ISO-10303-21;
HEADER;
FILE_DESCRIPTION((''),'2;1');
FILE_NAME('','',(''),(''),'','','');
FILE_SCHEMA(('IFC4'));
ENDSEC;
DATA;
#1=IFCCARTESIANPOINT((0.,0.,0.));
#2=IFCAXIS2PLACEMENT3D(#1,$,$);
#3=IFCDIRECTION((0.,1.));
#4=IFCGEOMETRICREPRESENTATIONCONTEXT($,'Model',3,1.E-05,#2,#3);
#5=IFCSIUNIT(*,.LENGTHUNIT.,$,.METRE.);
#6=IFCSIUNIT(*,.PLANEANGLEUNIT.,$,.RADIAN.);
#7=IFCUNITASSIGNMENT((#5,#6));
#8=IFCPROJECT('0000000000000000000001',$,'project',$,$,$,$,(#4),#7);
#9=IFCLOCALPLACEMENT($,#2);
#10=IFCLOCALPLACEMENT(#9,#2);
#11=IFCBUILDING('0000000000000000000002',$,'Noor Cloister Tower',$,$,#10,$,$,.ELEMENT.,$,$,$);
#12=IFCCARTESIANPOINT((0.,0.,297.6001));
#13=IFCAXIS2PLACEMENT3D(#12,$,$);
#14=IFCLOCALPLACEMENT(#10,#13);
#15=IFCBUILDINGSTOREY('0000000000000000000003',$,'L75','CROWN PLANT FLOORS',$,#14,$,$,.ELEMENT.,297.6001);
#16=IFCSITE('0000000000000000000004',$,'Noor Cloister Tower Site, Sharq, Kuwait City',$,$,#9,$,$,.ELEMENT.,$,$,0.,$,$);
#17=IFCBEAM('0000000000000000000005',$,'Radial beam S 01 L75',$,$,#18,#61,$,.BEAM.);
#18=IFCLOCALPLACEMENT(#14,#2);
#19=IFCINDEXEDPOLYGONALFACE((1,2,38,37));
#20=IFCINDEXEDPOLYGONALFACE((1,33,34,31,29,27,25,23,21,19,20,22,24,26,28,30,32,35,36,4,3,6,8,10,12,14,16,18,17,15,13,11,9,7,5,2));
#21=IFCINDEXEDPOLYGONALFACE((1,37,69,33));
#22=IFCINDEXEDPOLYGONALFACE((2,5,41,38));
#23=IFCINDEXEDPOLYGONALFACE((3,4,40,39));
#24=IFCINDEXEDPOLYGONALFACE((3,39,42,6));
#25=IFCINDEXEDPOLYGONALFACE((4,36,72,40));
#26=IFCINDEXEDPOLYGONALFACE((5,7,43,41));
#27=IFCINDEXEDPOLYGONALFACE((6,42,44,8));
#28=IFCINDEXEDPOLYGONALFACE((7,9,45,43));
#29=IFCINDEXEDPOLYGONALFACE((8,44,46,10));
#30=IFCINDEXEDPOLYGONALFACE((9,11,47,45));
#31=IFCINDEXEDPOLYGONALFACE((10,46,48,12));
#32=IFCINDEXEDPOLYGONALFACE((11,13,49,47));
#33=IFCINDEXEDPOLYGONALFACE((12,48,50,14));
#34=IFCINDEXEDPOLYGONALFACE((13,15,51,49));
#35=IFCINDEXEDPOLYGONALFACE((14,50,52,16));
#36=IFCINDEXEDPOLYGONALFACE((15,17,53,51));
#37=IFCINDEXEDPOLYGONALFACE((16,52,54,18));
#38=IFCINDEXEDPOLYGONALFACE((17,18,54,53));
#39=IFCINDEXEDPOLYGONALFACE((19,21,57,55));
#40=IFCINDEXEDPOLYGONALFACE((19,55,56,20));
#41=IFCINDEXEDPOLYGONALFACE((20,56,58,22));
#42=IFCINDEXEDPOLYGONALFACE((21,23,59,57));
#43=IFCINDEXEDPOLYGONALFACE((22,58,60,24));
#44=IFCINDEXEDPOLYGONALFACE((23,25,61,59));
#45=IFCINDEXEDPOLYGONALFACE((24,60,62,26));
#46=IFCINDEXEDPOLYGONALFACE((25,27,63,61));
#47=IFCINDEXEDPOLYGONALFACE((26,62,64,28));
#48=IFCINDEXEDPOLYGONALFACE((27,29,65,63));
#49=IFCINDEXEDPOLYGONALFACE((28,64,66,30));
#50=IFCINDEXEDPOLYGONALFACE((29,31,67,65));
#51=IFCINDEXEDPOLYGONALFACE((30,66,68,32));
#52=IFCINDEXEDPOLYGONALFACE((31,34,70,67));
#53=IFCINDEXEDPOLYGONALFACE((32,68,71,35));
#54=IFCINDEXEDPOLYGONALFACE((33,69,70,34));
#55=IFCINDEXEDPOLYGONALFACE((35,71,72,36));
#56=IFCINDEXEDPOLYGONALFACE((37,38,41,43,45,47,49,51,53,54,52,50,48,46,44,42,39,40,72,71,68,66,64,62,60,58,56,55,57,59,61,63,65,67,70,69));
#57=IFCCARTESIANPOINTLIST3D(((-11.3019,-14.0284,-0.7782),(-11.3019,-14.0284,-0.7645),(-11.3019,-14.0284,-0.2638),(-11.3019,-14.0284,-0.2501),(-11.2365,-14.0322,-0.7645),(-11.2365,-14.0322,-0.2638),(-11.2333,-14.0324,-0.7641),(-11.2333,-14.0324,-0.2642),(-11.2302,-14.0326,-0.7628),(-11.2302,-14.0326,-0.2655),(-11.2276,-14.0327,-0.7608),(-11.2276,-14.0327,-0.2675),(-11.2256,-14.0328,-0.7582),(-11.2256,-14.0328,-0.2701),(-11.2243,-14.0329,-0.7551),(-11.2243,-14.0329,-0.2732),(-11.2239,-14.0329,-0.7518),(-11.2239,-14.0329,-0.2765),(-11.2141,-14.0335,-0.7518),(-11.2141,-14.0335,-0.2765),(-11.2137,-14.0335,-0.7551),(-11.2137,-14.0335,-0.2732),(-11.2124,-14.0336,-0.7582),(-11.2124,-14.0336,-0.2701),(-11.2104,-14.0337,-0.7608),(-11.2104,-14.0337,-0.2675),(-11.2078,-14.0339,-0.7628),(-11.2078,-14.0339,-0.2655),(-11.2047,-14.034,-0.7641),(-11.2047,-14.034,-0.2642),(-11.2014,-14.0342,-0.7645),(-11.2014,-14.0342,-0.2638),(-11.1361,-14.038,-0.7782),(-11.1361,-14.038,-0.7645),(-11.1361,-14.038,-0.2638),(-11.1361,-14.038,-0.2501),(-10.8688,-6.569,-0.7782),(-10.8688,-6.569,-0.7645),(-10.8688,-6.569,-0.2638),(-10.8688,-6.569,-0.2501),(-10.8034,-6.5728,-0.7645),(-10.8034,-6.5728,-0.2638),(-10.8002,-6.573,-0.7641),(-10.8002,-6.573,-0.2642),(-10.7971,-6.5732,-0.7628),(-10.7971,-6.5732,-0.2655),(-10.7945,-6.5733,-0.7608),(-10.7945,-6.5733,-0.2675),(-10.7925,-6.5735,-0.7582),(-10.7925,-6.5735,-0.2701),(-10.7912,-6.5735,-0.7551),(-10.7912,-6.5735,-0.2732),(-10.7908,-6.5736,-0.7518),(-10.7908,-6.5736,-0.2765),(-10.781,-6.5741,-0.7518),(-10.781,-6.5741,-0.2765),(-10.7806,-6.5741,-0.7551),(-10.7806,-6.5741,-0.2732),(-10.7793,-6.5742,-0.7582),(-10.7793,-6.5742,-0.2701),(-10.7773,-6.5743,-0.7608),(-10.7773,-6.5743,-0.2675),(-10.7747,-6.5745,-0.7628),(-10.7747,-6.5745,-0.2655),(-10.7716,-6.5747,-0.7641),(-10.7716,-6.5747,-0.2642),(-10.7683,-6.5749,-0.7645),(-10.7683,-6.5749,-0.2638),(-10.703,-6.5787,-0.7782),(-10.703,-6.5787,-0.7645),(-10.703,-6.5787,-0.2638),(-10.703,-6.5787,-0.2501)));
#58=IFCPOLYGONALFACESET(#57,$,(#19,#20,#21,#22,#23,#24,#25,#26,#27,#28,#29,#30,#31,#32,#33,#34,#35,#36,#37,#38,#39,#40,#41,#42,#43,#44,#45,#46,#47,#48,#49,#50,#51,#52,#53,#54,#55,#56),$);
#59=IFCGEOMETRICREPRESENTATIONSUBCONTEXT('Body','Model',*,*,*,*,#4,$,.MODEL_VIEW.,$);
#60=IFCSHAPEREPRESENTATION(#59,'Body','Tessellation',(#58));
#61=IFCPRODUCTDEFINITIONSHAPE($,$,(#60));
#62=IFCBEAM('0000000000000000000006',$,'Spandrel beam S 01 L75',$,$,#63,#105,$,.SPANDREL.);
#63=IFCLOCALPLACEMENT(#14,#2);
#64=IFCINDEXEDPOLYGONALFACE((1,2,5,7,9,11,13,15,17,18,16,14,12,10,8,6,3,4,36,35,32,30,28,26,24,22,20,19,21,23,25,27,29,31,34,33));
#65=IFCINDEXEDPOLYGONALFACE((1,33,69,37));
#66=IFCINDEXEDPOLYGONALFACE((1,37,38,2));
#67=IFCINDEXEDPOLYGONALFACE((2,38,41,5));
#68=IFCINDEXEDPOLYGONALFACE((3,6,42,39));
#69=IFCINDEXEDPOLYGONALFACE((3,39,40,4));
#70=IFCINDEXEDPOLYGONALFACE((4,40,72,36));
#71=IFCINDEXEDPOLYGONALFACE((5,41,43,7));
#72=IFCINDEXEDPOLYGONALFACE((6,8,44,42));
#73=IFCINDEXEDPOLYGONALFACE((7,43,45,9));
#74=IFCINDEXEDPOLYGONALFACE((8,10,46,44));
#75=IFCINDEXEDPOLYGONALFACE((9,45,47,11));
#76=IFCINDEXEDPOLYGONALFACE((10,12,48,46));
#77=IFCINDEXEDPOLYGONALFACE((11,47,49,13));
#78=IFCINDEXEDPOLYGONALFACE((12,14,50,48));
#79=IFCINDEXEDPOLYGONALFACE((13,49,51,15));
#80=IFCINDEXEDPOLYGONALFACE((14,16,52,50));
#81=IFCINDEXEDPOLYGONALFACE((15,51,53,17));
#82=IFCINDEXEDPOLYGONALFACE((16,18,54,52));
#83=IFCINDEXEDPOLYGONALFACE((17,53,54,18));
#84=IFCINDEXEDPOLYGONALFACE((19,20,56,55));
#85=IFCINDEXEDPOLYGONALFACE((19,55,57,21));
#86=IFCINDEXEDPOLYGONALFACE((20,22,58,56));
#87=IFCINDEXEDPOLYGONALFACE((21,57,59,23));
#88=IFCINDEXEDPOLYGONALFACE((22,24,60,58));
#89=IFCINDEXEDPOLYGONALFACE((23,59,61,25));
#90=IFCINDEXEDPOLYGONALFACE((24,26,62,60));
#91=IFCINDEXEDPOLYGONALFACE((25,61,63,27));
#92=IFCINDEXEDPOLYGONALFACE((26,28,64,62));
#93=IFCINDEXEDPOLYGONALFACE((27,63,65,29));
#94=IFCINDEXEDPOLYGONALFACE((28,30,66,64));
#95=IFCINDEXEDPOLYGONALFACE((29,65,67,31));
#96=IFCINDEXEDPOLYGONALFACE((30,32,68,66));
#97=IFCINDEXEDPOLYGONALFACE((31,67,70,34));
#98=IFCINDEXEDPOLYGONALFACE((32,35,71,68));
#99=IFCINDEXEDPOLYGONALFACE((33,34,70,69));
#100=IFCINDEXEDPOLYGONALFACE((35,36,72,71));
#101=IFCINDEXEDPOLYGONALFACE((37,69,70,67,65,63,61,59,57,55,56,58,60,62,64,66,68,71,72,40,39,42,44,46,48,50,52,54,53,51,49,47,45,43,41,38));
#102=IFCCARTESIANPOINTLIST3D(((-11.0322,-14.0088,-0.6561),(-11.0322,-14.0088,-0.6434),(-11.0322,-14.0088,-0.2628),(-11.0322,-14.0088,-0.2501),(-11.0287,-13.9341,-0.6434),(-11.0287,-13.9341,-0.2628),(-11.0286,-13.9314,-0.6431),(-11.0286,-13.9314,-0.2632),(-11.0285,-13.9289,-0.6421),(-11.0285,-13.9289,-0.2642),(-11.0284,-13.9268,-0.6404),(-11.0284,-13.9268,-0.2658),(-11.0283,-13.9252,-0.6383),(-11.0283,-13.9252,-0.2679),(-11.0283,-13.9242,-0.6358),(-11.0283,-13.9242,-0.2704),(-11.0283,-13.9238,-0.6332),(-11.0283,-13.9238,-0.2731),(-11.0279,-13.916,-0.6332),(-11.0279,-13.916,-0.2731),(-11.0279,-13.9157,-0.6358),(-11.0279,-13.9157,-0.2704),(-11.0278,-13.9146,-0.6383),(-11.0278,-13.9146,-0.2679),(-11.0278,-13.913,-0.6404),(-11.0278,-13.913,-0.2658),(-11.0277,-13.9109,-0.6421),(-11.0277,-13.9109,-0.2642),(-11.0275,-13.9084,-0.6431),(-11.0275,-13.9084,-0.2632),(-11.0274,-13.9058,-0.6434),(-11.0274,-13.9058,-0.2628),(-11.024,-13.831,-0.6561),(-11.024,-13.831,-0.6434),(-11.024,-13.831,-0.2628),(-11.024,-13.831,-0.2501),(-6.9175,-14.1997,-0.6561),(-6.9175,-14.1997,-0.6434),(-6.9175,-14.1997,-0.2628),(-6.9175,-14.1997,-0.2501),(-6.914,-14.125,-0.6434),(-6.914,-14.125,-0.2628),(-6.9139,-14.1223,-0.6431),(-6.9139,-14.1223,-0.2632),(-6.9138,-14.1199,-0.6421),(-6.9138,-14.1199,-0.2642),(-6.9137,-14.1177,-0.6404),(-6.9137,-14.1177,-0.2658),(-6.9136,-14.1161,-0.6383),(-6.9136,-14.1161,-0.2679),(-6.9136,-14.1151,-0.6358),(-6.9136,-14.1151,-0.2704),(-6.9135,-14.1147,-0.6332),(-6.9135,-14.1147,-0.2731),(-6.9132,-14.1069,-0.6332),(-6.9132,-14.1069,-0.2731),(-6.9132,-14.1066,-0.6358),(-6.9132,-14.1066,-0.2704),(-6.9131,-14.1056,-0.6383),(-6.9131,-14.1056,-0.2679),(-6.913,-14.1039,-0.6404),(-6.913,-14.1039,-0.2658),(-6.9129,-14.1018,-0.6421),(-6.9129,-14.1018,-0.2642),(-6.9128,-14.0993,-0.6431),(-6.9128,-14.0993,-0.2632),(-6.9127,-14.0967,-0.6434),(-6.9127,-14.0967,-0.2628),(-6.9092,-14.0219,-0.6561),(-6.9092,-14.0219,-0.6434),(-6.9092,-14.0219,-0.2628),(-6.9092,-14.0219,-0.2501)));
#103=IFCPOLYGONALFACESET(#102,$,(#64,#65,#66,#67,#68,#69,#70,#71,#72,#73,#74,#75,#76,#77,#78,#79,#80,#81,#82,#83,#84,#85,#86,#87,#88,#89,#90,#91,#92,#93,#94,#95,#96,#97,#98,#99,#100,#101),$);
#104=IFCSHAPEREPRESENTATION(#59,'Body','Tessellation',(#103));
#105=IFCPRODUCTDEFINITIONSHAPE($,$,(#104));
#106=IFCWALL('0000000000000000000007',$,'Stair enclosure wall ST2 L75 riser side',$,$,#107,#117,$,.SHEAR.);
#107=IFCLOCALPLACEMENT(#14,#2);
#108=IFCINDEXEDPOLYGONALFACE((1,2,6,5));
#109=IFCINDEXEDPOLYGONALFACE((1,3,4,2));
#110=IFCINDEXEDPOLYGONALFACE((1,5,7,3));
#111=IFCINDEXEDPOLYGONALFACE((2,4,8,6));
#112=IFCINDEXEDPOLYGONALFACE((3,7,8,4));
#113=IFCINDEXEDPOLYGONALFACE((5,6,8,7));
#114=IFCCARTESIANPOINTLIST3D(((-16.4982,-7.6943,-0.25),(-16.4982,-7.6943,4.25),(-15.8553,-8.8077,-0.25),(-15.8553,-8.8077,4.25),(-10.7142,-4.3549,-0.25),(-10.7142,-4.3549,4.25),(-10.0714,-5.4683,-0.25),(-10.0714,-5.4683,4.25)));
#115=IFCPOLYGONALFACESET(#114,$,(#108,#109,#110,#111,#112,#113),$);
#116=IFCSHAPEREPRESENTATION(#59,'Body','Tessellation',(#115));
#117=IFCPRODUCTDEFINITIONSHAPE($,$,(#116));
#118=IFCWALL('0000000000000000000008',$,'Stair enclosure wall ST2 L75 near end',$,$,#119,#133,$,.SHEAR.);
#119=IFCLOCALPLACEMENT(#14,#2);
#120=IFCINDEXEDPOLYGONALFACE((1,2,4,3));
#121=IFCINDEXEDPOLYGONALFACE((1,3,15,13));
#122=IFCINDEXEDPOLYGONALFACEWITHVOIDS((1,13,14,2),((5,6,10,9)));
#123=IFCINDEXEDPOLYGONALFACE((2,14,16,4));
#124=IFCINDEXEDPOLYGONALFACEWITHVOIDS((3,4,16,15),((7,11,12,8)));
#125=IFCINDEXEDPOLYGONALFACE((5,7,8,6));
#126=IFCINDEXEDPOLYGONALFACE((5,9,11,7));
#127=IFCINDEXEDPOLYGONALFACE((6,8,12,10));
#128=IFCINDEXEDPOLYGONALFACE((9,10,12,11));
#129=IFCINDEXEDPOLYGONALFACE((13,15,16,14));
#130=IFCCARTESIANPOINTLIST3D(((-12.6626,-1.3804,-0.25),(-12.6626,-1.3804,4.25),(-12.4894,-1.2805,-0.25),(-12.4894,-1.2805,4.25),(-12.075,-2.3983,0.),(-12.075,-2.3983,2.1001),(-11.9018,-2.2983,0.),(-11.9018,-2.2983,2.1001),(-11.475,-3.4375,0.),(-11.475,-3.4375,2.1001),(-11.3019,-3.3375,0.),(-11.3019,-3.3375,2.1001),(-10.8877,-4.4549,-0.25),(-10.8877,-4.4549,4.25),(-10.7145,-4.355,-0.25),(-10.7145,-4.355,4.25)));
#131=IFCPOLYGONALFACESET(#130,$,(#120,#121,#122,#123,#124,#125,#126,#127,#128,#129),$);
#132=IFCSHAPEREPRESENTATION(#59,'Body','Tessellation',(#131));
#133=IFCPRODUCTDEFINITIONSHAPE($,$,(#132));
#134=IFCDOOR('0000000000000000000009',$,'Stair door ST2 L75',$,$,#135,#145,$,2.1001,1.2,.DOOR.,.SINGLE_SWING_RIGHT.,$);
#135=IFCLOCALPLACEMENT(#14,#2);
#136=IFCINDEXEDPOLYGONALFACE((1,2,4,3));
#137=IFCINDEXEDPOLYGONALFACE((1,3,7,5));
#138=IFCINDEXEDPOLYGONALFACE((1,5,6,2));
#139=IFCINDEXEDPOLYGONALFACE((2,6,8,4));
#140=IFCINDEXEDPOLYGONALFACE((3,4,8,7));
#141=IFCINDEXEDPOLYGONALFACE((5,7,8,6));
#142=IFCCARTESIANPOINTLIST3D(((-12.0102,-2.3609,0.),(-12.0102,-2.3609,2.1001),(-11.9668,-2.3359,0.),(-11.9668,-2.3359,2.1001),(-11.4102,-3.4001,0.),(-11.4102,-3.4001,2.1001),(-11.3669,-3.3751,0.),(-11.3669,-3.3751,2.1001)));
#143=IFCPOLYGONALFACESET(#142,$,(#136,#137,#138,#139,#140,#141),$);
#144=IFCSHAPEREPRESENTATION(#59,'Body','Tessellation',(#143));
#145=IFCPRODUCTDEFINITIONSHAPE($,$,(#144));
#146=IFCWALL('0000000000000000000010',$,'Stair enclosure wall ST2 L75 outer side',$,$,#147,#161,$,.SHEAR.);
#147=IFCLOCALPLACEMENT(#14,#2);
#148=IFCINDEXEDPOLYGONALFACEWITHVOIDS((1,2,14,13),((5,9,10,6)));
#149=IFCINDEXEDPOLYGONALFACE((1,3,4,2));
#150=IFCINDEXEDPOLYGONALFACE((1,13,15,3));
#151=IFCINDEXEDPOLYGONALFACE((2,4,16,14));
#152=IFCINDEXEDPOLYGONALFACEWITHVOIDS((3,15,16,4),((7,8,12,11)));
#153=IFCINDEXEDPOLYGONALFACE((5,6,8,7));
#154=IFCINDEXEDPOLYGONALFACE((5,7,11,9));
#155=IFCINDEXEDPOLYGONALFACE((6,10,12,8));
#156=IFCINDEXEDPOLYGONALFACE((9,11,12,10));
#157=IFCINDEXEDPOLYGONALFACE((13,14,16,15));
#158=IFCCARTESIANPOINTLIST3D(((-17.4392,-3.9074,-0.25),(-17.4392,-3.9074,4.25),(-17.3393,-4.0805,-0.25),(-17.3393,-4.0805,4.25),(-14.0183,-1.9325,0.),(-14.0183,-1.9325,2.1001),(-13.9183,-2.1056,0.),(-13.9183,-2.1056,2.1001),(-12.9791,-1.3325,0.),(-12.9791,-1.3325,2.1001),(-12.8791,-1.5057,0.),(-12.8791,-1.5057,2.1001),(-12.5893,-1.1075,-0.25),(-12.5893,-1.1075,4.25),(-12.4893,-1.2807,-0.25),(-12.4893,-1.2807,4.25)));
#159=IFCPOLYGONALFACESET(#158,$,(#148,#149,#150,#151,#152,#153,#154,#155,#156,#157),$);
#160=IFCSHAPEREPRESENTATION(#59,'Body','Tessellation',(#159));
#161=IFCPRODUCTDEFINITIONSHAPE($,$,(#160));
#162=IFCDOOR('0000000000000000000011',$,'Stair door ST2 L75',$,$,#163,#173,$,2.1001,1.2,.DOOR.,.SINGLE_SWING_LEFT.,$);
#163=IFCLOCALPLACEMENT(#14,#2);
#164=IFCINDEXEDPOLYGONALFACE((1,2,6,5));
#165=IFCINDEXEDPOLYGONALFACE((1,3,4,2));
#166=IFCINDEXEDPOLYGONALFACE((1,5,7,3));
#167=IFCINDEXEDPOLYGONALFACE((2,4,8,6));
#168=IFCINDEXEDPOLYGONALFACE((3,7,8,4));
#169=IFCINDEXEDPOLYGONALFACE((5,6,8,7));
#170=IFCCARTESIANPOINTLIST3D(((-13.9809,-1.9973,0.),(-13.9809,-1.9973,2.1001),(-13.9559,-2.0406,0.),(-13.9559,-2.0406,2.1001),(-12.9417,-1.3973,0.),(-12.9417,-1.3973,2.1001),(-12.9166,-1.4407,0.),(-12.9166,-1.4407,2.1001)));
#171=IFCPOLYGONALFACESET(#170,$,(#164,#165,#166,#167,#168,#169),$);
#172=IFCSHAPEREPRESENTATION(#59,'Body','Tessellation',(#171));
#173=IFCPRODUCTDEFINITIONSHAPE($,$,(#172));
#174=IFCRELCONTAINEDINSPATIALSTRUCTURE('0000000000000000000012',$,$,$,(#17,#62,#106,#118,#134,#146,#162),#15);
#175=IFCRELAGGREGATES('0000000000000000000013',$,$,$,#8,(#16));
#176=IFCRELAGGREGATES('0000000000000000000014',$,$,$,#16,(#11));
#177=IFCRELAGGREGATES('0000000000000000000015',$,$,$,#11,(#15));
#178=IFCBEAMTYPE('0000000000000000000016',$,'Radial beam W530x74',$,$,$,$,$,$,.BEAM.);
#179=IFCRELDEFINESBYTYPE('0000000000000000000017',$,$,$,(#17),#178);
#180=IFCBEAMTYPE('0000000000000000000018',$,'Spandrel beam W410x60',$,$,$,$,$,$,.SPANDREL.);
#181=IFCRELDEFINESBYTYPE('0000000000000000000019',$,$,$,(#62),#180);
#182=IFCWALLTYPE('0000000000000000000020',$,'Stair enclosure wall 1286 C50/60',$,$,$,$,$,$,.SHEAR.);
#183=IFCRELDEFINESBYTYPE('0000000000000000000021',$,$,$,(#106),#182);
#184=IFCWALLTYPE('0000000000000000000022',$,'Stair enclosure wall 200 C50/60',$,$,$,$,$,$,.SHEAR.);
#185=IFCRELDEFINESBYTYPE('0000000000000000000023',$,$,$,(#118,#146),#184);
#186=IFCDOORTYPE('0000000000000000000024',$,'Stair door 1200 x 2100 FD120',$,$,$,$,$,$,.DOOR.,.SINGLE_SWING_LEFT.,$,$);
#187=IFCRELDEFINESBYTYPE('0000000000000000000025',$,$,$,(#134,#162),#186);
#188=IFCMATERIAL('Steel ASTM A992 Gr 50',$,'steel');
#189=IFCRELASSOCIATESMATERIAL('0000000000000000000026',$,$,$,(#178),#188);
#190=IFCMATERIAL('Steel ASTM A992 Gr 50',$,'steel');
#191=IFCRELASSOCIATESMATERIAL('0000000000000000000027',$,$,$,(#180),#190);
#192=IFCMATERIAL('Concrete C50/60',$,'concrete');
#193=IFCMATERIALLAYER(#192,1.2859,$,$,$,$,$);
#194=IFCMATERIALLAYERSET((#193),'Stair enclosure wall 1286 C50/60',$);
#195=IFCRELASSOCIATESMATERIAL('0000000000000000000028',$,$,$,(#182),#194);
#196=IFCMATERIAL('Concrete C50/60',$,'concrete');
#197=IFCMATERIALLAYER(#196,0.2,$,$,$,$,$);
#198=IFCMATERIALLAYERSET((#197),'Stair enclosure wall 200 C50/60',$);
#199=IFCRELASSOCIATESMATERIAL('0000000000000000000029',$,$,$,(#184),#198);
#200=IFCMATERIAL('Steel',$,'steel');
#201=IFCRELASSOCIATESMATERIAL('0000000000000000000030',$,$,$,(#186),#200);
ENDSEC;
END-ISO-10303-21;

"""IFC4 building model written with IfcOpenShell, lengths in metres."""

from ifc_helpers import new_model, si_unit, direction, frame, frame_2d, origin, origin_2d, place, context, subcontext, project, spatial, rectangle, i_section, extrude, material, layer, layer_set, material_profile, profile_set, type_object, element, fill, save


model = new_model("IFC4")

# Units and contexts
model_context = context("Model", 3, precision=1e-05, world=origin(), true_north=direction((0.0, 1.0)))
body_context = subcontext(model_context, "Body", "Model", "MODEL_VIEW")
ifc_project = project(units=[si_unit("LENGTHUNIT", "METRE"), si_unit("PLANEANGLEUNIT", "RADIAN")], contexts=[model_context])

# Site, building, storey
site_placement = place(None, origin())
site = spatial("IfcSite", under=ifc_project, at=site_placement, Name="Noor Cloister Tower Site, Sharq, Kuwait City", CompositionType="ELEMENT", RefElevation=0.0)
building_placement = place(site_placement, origin())
building = spatial("IfcBuilding", under=site, at=building_placement, Name="Noor Cloister Tower", CompositionType="ELEMENT")
storey_placement = place(building_placement, frame((0.0, 0.0, 297.6001)))
storey = spatial("IfcBuildingStorey", under=building, at=storey_placement, Name="L75", Description="CROWN PLANT FLOORS", CompositionType="ELEMENT", Elevation=297.6001)

# Beams
ifc_material_1 = material(Name="Steel ASTM A992 Gr 50", Category="steel")
ifc_material_profile_1 = material_profile(ifc_material_1, i_section(OverallWidth=0.166, OverallDepth=0.5281, WebThickness=0.0098, FlangeThickness=0.0137, FilletRadius=0.0127, at=origin_2d()), Name="W530x74")
ifc_profile_set_1 = profile_set([ifc_material_profile_1], Name="Steel ASTM A992 Gr 50")
beam_type_1 = type_object("IfcBeamType", Name="Radial beam W530x74", PredefinedType="BEAM", material=ifc_profile_set_1)
beam_1_placement = place(storey_placement, frame((-11.219, -14.0332, -0.5142), z_axis=(0.057964, 0.998319, 0.0), x_axis=(-0.998319, 0.057964, 0.0)))
element("IfcBeam", 1, at=beam_1_placement, inside=storey, type_object=beam_type_1, Name="Radial beam S 01 L75", PredefinedType="BEAM", context=body_context, shape_type="SweptSolid", body=[
    extrude(i_section(OverallWidth=0.166, OverallDepth=0.5281, WebThickness=0.0098, FlangeThickness=0.0137, FilletRadius=0.0127, at=origin_2d()), origin(), (0.0, 0.0, 1.0), 7.4719),
])
ifc_material_2 = material(Name="Steel ASTM A992 Gr 50", Category="steel")
ifc_material_profile_2 = material_profile(ifc_material_2, i_section(OverallWidth=0.178, OverallDepth=0.406, WebThickness=0.0078, FlangeThickness=0.0127, FilletRadius=0.0103, at=origin_2d()), Name="W410x60")
ifc_profile_set_2 = profile_set([ifc_material_profile_2], Name="Steel ASTM A992 Gr 50")
beam_type_2 = type_object("IfcBeamType", Name="Spandrel beam W410x60", PredefinedType="SPANDREL", material=ifc_profile_set_2)
beam_2_placement = place(storey_placement, frame((-11.0281, -13.9199, -0.4531), z_axis=(0.998925, -0.046349, 0.0), x_axis=(0.046349, 0.998925, 0.0)))
element("IfcBeam", 2, at=beam_2_placement, inside=storey, type_object=beam_type_2, Name="Spandrel beam S 01 L75", PredefinedType="SPANDREL", context=body_context, shape_type="SweptSolid", body=[
    extrude(i_section(OverallWidth=0.178, OverallDepth=0.406, WebThickness=0.0078, FlangeThickness=0.0127, FilletRadius=0.0103, at=origin_2d()), origin(), (0.0, 0.0, 1.0), 4.1191),
])

# Wall
ifc_material_3 = material(Name="Concrete C50/60", Category="concrete")
ifc_layer_1 = layer(ifc_material_3, 1.2859)
ifc_layer_set_1 = layer_set([ifc_layer_1], Name="Stair enclosure wall 1286 C50/60")
wall_type_1 = type_object("IfcWallType", Name="Stair enclosure wall 1286 C50/60", PredefinedType="SHEAR", material=ifc_layer_set_1)
wall_1_placement = place(storey_placement, frame((-10.3928, -4.9116, -0.25), z_axis=(0.0, 0.0, 1.0), x_axis=(-0.866025, -0.5, 0.0)))
element("IfcWall", 3, at=wall_1_placement, inside=storey, type_object=wall_type_1, Name="Stair enclosure wall ST2 L75 riser side", PredefinedType="SHEAR", context=body_context, shape_type="SweptSolid", body=[
    extrude(rectangle(XDim=6.6787, YDim=1.2856, at=frame_2d((3.3394, 0.0))), origin(), (0.0, 0.0, 1.0), 4.5),
])

# Walls, openings, doors
ifc_material_4 = material(Name="Concrete C50/60", Category="concrete")
ifc_layer_2 = layer(ifc_material_4, 0.2)
ifc_layer_set_2 = layer_set([ifc_layer_2], Name="Stair enclosure wall 200 C50/60")
wall_type_2 = type_object("IfcWallType", Name="Stair enclosure wall 200 C50/60", PredefinedType="SHEAR", material=ifc_layer_set_2)
wall_2_placement = place(storey_placement, frame((-12.5759, -1.3306, -0.25), z_axis=(0.0, 0.0, 1.0), x_axis=(0.49997, -0.866042, 0.0)))
wall_2 = element("IfcWall", 4, at=wall_2_placement, inside=storey, type_object=wall_type_2, Name="Stair enclosure wall ST2 L75 near end", PredefinedType="SHEAR", context=body_context, shape_type="SweptSolid", body=[
    extrude(rectangle(XDim=3.55, YDim=0.2, at=frame_2d((1.7749, 0.0))), origin(), (0.0, 0.0, 1.0), 4.5),
])
opening_1_placement = place(wall_2_placement, frame((1.175, 0.0, 0.25)))
opening_1 = element("IfcOpeningElement", 5, at=opening_1_placement, cuts=wall_2, PredefinedType="OPENING", context=body_context, shape_type="SweptSolid", body=[
    extrude(rectangle(XDim=1.2, YDim=2.1001, at=frame_2d((0.6001, 1.05))), frame((0.0, 0.1099, 0.0), z_axis=(0.0, -1.0, 0.0), x_axis=(1.0, 0.0, 0.0)), (0.0, 0.0, 1.0), 0.22),
])
ifc_material_5 = material(Name="Steel", Category="steel")
door_type_1 = type_object("IfcDoorType", Name="Stair door 1200 x 2100 FD120", OperationType="SINGLE_SWING_LEFT", PredefinedType="DOOR", material=ifc_material_5)
door_1_placement = place(opening_1_placement, origin())
door_1 = element("IfcDoor", 6, at=door_1_placement, inside=storey, type_object=door_type_1, Name="Stair door ST2 L75", OperationType="SINGLE_SWING_RIGHT", OverallHeight=2.1001, OverallWidth=1.2, PredefinedType="DOOR", context=body_context, shape_type="SweptSolid", body=[
    extrude(rectangle(XDim=1.2, YDim=2.1001, at=frame_2d((0.6001, 1.05))), frame((0.0, 0.0249, 0.0), z_axis=(0.0, -1.0, 0.0), x_axis=(1.0, 0.0, 0.0)), (0.0, 0.0, 1.0), 0.05),
])
fill(opening_1, door_1)
wall_3_placement = place(storey_placement, frame((-12.5393, -1.1941, -0.25), z_axis=(0.0, 0.0, 1.0), x_axis=(-0.866045, -0.499965, 0.0)))
wall_3 = element("IfcWall", 7, at=wall_3_placement, inside=storey, type_object=wall_type_2, Name="Stair enclosure wall ST2 L75 outer side", PredefinedType="SHEAR", context=body_context, shape_type="SweptSolid", body=[
    extrude(rectangle(XDim=5.6001, YDim=0.2, at=frame_2d((2.8, 0.0))), origin(), (0.0, 0.0, 1.0), 4.5),
])
opening_2_placement = place(wall_3_placement, frame((0.45, 0.0, 0.25)))
opening_2 = element("IfcOpeningElement", 8, at=opening_2_placement, cuts=wall_3, PredefinedType="OPENING", context=body_context, shape_type="SweptSolid", body=[
    extrude(rectangle(XDim=1.2, YDim=2.1001, at=frame_2d((0.6001, 1.05))), frame((0.0, 0.1099, 0.0), z_axis=(0.0, -1.0, 0.0), x_axis=(1.0, 0.0, 0.0)), (0.0, 0.0, 1.0), 0.22),
])
door_2_placement = place(opening_2_placement, origin())
door_2 = element("IfcDoor", 9, at=door_2_placement, inside=storey, type_object=door_type_1, Name="Stair door ST2 L75", OperationType="SINGLE_SWING_LEFT", OverallHeight=2.1001, OverallWidth=1.2, PredefinedType="DOOR", context=body_context, shape_type="SweptSolid", body=[
    extrude(rectangle(XDim=1.2, YDim=2.1001, at=frame_2d((0.6001, 1.05))), frame((0.0, 0.0249, 0.0), z_axis=(0.0, -1.0, 0.0), x_axis=(1.0, 0.0, 0.0)), (0.0, 0.0, 1.0), 0.05),
])
fill(opening_2, door_2)

save(model, "model.ifc")
